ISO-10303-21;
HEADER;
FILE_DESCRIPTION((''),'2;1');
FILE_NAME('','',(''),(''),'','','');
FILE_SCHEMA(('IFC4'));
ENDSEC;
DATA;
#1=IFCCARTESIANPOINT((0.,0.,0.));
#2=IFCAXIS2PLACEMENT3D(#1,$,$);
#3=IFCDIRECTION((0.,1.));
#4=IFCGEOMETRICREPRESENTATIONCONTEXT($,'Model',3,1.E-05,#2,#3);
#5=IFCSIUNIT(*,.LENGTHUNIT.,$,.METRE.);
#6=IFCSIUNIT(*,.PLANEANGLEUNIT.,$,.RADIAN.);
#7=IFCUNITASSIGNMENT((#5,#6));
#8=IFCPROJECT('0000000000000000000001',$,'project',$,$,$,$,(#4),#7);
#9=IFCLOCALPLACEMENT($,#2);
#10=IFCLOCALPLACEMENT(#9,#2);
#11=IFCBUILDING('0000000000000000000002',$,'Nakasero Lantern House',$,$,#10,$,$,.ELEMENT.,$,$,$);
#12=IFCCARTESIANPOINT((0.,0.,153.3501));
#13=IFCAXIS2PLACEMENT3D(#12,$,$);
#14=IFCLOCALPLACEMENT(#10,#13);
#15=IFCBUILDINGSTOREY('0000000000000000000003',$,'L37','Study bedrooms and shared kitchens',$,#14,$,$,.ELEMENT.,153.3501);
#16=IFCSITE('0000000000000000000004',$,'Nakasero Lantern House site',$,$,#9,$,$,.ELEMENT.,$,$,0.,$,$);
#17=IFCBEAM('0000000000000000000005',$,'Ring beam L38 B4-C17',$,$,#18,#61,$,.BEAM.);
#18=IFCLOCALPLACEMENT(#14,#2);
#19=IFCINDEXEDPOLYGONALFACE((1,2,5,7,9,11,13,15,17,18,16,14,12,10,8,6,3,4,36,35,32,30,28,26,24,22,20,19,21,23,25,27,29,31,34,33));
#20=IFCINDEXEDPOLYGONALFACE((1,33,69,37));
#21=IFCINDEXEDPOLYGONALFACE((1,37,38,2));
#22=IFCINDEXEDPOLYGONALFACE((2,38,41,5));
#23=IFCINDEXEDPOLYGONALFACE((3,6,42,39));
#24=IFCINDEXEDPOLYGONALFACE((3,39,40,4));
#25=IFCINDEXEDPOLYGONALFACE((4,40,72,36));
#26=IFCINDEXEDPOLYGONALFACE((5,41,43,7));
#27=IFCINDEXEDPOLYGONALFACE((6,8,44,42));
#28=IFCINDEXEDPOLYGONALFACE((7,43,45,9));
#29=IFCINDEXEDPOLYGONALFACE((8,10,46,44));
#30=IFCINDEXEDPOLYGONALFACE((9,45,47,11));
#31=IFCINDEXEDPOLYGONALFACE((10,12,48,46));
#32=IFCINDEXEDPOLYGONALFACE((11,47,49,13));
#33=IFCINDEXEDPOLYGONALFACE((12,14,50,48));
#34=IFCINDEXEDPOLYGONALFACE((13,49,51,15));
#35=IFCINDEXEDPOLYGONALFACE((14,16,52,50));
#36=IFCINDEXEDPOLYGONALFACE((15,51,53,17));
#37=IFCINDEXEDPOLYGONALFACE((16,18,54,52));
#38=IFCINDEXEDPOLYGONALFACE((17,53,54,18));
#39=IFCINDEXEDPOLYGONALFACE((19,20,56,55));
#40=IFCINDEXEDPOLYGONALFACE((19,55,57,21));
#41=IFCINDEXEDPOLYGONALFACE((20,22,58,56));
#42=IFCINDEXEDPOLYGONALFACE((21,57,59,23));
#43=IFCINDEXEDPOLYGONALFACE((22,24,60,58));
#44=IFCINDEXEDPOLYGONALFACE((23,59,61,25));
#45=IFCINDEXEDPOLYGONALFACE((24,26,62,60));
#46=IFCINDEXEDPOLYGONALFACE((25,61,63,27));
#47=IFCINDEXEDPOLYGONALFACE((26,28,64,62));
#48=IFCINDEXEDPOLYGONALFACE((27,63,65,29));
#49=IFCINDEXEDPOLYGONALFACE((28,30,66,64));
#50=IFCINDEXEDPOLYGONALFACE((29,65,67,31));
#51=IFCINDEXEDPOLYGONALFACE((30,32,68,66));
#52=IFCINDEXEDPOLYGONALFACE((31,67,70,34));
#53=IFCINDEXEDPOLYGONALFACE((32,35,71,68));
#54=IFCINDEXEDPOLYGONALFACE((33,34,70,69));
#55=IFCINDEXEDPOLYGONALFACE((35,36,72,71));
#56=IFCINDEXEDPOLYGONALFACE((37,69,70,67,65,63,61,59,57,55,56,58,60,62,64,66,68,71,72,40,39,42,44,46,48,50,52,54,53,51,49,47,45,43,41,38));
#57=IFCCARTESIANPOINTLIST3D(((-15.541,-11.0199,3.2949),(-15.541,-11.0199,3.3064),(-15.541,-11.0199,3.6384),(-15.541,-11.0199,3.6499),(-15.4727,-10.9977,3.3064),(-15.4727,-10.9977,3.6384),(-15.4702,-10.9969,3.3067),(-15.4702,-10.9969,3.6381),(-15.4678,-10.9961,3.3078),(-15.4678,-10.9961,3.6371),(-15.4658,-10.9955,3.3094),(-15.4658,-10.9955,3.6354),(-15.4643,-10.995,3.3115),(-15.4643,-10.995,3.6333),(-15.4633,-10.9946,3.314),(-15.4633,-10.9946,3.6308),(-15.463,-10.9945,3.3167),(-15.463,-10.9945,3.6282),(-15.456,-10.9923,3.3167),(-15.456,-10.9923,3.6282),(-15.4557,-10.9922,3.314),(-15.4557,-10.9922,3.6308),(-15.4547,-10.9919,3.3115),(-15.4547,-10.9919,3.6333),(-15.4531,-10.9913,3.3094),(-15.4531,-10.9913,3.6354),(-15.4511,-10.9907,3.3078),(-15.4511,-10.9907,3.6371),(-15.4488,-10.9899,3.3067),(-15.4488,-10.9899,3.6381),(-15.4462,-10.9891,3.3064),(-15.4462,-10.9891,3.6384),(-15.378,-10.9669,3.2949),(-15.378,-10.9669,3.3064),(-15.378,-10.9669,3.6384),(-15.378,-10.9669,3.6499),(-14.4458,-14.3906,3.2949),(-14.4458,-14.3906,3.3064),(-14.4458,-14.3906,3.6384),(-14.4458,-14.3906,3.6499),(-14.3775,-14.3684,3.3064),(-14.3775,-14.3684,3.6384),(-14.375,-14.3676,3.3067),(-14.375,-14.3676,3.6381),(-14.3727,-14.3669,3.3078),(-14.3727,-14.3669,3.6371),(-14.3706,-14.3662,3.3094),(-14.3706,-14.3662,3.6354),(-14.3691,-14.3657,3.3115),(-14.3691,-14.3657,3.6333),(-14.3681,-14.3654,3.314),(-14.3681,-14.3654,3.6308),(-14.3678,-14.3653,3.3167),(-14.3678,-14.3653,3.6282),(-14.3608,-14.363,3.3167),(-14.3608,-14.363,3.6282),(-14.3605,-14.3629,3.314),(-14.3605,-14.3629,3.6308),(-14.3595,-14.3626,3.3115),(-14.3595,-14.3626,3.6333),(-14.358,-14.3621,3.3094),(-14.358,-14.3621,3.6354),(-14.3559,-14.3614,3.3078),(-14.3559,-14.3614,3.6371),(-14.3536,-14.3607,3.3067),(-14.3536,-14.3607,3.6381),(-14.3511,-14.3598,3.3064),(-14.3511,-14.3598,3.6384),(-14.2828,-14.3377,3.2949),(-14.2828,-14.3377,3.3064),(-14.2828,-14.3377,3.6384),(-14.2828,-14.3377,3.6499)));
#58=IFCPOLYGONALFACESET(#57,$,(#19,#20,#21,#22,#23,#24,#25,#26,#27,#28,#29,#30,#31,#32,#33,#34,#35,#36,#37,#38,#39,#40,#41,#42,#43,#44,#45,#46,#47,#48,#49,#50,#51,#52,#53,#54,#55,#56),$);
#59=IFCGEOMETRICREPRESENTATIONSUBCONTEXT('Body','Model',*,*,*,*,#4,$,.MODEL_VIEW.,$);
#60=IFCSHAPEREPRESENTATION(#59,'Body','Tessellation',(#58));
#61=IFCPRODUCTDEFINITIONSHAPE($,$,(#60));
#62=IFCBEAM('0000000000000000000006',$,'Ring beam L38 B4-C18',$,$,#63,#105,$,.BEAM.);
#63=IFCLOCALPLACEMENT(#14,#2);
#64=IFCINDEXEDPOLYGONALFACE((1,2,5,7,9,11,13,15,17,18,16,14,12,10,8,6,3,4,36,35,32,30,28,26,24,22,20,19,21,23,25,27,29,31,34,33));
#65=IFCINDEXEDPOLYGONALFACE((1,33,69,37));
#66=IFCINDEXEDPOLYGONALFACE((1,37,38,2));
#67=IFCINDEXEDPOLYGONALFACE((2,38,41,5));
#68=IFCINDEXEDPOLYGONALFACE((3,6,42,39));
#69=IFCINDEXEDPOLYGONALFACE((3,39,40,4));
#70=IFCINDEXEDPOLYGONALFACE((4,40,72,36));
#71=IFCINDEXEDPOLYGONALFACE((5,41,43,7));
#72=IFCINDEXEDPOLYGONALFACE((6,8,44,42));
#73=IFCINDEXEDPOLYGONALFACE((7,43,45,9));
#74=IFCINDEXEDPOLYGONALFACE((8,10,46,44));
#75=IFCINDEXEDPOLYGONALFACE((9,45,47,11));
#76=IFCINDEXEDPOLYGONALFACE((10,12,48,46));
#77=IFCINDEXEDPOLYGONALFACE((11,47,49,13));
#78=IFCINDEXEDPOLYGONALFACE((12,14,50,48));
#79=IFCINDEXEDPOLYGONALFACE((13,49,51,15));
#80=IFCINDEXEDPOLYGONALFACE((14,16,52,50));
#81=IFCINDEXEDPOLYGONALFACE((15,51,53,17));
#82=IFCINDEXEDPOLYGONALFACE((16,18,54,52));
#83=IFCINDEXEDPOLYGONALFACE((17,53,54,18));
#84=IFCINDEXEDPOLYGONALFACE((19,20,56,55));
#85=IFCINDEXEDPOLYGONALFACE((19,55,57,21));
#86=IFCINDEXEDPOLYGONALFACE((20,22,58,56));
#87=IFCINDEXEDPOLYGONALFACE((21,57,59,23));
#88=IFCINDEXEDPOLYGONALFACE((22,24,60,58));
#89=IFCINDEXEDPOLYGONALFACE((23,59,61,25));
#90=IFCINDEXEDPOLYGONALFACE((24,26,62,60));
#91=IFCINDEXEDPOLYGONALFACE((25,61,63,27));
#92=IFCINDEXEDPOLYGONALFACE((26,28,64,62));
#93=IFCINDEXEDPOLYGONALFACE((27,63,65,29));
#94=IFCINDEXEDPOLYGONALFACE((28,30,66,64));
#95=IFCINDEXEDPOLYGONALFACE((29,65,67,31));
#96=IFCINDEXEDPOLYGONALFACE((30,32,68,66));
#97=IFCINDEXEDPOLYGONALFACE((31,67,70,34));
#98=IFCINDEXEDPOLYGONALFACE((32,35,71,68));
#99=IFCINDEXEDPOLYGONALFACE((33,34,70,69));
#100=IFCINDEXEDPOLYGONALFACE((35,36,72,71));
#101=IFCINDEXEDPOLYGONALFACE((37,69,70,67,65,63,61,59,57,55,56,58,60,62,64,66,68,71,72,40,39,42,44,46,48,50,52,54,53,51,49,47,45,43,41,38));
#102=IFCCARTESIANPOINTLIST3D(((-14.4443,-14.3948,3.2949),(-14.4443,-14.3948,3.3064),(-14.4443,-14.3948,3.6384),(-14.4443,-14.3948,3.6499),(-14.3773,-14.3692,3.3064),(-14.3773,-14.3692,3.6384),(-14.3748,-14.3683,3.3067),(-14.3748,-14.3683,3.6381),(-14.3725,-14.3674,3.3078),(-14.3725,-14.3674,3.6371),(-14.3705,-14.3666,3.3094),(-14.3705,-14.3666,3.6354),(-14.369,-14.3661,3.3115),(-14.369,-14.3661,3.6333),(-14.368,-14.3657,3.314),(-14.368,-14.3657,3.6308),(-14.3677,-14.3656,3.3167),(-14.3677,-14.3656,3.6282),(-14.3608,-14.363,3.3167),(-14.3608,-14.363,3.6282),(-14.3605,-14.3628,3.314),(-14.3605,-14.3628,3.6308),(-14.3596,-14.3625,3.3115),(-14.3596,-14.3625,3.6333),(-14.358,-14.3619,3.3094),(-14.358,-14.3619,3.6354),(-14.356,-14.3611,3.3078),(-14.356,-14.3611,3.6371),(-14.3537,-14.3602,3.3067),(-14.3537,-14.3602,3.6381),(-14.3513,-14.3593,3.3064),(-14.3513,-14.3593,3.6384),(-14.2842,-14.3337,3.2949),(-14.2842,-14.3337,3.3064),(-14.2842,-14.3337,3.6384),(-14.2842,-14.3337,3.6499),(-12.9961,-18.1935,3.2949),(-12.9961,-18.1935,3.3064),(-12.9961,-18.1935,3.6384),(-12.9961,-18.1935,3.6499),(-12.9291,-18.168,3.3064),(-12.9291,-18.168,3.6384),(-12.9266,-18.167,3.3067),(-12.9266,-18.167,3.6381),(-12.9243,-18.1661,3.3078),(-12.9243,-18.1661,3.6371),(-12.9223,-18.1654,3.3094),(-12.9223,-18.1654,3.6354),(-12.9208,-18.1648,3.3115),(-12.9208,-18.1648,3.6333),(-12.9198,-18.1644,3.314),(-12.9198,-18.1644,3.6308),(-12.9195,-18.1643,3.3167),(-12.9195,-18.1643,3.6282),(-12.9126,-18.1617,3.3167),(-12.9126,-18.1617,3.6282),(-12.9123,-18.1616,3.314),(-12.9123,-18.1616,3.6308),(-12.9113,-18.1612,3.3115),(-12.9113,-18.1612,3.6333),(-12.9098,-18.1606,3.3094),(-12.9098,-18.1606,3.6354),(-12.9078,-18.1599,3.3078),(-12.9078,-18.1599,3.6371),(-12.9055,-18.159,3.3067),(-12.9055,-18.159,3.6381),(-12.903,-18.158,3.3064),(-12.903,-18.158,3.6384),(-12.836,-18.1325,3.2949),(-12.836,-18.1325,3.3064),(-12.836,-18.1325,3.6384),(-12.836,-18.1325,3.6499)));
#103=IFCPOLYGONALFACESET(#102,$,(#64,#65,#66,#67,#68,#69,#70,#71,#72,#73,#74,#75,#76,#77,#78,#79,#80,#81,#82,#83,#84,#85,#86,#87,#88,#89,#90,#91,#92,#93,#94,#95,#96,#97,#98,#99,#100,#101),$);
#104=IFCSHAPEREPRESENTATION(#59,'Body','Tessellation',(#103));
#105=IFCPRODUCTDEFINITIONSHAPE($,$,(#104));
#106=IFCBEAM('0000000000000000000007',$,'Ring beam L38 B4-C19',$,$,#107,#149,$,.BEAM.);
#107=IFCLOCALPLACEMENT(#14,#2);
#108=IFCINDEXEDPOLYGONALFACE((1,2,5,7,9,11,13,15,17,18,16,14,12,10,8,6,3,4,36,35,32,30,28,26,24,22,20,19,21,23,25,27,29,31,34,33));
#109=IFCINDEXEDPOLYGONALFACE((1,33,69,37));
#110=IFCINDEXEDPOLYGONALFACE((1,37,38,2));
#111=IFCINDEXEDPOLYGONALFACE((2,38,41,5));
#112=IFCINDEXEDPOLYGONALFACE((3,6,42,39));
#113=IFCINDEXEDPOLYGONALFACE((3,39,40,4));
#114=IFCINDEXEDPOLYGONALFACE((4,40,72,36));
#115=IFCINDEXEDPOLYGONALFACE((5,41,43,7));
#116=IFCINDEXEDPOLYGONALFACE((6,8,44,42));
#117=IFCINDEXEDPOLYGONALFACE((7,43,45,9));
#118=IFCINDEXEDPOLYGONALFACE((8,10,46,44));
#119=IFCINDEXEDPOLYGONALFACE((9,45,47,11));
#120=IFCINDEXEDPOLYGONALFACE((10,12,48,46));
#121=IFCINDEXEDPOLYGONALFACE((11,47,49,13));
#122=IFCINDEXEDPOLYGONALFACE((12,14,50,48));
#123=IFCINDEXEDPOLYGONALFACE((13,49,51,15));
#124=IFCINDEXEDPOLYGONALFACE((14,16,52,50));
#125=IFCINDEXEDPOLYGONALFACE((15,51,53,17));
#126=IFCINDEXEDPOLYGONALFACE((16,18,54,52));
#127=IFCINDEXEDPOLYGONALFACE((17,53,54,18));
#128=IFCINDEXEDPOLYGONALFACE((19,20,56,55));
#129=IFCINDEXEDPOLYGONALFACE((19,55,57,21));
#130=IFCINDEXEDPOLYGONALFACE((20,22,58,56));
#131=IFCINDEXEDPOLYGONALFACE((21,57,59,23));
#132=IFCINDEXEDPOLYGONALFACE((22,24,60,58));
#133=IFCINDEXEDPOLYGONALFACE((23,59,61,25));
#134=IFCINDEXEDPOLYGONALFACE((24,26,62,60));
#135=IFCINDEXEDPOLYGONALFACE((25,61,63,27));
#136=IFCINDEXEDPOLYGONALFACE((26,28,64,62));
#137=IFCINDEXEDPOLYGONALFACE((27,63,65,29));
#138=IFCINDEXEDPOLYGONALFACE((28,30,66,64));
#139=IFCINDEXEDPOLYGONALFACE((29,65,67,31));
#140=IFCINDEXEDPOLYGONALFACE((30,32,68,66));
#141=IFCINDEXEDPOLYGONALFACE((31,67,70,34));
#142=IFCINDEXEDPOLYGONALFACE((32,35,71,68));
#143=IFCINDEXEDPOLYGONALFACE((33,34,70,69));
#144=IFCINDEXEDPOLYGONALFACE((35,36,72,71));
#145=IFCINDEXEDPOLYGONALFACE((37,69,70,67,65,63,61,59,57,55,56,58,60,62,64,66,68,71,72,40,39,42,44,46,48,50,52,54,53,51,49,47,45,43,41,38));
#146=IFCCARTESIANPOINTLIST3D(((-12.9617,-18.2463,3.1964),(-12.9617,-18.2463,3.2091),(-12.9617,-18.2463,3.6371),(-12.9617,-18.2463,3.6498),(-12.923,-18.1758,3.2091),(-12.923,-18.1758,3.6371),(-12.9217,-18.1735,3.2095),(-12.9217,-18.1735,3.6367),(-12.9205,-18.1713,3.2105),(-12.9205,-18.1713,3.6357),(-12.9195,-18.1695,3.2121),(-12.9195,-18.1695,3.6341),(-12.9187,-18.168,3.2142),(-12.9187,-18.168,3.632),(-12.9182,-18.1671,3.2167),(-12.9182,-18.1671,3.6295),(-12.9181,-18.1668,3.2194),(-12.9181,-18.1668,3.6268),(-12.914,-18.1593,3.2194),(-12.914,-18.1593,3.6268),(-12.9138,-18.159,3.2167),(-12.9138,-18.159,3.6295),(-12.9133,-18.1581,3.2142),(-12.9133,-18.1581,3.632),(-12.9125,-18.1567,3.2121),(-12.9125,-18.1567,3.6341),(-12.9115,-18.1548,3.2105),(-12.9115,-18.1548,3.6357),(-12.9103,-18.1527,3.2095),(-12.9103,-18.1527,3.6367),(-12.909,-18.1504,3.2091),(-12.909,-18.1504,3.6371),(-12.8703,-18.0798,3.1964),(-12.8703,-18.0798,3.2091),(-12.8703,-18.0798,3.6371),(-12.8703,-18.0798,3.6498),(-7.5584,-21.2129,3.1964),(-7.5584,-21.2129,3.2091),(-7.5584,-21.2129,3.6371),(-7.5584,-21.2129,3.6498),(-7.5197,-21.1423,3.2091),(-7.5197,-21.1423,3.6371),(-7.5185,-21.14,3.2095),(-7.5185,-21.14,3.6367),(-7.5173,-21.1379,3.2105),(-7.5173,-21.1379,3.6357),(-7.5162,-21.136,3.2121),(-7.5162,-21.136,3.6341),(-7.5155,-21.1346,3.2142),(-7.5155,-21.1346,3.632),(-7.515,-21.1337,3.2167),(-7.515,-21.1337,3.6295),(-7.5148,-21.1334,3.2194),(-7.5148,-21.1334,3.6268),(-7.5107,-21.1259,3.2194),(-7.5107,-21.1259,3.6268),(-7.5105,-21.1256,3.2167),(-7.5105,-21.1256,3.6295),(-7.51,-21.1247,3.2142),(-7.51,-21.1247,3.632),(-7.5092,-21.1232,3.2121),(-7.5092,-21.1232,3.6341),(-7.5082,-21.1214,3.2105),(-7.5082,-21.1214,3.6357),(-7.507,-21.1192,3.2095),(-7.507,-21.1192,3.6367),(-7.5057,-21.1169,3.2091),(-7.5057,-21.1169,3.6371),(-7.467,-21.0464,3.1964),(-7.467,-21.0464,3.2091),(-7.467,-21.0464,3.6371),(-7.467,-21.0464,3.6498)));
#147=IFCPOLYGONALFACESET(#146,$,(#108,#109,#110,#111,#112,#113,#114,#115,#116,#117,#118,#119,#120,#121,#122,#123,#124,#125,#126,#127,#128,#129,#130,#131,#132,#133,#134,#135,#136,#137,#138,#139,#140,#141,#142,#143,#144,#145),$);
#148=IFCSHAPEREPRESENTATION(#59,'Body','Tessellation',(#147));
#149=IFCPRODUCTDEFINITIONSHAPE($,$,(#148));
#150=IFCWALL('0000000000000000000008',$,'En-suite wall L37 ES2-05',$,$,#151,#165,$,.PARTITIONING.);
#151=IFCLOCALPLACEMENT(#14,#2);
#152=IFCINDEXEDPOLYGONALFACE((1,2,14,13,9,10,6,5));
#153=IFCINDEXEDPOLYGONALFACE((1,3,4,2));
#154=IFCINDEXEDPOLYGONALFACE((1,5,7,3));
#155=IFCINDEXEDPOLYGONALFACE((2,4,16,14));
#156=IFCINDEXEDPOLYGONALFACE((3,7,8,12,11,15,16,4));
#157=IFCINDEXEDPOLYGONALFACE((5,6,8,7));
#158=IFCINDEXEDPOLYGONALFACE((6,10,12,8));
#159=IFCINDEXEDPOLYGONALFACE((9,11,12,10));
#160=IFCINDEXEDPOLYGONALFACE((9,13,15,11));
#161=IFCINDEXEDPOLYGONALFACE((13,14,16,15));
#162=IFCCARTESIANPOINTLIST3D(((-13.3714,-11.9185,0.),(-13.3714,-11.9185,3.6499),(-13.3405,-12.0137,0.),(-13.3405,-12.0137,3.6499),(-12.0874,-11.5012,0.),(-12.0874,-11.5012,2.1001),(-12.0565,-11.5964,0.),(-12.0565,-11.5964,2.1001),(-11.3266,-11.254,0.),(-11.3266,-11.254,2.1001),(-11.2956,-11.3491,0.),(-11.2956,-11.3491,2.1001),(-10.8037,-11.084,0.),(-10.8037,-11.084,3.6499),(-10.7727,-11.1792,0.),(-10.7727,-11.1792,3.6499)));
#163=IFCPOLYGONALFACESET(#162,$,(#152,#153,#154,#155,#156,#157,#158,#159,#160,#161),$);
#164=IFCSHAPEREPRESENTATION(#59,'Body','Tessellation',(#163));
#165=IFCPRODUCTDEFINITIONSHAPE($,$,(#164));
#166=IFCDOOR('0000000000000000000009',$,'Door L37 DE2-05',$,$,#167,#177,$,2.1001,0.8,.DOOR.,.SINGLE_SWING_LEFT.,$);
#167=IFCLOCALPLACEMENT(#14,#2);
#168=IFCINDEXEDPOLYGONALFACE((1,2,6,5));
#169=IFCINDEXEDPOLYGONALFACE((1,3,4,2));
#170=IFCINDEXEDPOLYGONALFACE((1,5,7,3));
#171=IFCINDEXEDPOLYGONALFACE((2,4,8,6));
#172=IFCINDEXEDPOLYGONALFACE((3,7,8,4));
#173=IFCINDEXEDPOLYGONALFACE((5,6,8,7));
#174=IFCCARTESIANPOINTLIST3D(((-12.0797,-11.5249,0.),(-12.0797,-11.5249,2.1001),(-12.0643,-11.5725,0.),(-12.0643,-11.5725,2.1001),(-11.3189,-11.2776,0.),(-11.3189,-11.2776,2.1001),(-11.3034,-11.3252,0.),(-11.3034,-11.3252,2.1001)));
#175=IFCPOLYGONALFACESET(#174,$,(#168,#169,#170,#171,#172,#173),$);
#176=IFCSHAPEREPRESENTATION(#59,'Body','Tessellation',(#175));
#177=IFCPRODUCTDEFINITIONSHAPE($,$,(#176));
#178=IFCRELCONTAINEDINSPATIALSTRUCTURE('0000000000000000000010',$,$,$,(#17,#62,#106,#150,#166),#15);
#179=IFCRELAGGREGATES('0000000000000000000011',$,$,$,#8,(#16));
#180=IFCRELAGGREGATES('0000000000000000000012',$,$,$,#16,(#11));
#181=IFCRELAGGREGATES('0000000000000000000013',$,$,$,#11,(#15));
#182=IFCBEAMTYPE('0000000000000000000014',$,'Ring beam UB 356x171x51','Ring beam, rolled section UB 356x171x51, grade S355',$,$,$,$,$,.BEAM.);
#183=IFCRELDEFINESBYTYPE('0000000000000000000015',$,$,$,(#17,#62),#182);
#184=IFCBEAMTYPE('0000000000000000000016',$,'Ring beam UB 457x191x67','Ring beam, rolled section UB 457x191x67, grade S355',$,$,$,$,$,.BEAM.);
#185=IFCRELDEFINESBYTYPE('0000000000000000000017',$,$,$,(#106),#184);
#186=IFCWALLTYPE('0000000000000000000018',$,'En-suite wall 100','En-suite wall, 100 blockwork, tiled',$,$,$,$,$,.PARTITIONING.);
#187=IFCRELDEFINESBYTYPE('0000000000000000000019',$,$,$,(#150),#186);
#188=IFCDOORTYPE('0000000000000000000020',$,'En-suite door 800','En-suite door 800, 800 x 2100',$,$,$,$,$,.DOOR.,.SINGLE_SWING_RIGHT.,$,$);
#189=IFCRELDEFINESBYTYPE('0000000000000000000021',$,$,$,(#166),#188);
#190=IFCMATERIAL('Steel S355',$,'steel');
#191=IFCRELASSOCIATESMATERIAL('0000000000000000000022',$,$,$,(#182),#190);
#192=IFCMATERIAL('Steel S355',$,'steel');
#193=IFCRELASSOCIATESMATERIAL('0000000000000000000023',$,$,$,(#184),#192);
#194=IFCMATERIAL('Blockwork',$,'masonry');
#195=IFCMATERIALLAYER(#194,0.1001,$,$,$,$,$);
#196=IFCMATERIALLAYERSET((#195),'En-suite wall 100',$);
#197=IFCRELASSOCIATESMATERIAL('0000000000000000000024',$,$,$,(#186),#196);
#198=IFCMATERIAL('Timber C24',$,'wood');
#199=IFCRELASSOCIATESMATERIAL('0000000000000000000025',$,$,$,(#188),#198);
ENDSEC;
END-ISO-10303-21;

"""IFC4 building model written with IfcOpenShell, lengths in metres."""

from ifc_helpers import new_model, si_unit, direction, frame, frame_2d, origin, origin_2d, place, context, subcontext, project, spatial, rectangle, i_section, extrude, material, layer, layer_set, material_profile, profile_set, type_object, element, fill, save


model = new_model("IFC4")

# Units and contexts
model_context = context("Model", 3, precision=1e-05, world=origin(), true_north=direction((0.0, 1.0)))
body_context = subcontext(model_context, "Body", "Model", "MODEL_VIEW")
ifc_project = project(units=[si_unit("LENGTHUNIT", "METRE"), si_unit("PLANEANGLEUNIT", "RADIAN")], contexts=[model_context])

# Site, building, storey
site_placement = place(None, origin())
site = spatial("IfcSite", under=ifc_project, at=site_placement, Name="Nakasero Lantern House site", CompositionType="ELEMENT", RefElevation=0.0)
building_placement = place(site_placement, origin())
building = spatial("IfcBuilding", under=site, at=building_placement, Name="Nakasero Lantern House", CompositionType="ELEMENT")
storey_placement = place(building_placement, frame((0.0, 0.0, 153.3501)))
storey = spatial("IfcBuildingStorey", under=building, at=storey_placement, Name="L37", Description="Study bedrooms and shared kitchens", CompositionType="ELEMENT", Elevation=153.3501)

# Beams
ifc_material_1 = material(Name="Steel S355", Category="steel")
ifc_material_profile_1 = material_profile(ifc_material_1, i_section(OverallWidth=0.1714, OverallDepth=0.355, WebThickness=0.0073, FlangeThickness=0.0115, FilletRadius=0.0103, at=origin_2d()), Name="UB 356x171x51")
ifc_profile_set_1 = profile_set([ifc_material_profile_1], Name="Steel S355")
beam_type_1 = type_object("IfcBeamType", Name="Ring beam UB 356x171x51", Description="Ring beam, rolled section UB 356x171x51, grade S355", PredefinedType="BEAM", material=ifc_profile_set_1)
beam_1_placement = place(storey_placement, frame((-15.4595, -10.9934, 3.4724), z_axis=(0.309007, -0.95106, 0.0), x_axis=(0.95106, 0.309007, 0.0)))
element("IfcBeam", 1, at=beam_1_placement, inside=storey, type_object=beam_type_1, Name="Ring beam L38 B4-C17", PredefinedType="BEAM", context=body_context, shape_type="SweptSolid", body=[
    extrude(i_section(OverallWidth=0.1714, OverallDepth=0.355, WebThickness=0.0073, FlangeThickness=0.0115, FilletRadius=0.0103, at=origin_2d()), origin(), (0.0, 0.0, 1.0), 3.5442),
])
beam_2_placement = place(storey_placement, frame((-14.3643, -14.3643, 3.4724), z_axis=(0.356225, -0.9344, 0.0), x_axis=(0.9344, 0.356225, 0.0)))
element("IfcBeam", 2, at=beam_2_placement, inside=storey, type_object=beam_type_1, Name="Ring beam L38 B4-C18", PredefinedType="BEAM", context=body_context, shape_type="SweptSolid", body=[
    extrude(i_section(OverallWidth=0.1714, OverallDepth=0.355, WebThickness=0.0073, FlangeThickness=0.0115, FilletRadius=0.0103, at=origin_2d()), origin(), (0.0, 0.0, 1.0), 4.0654),
])
ifc_material_2 = material(Name="Steel S355", Category="steel")
ifc_material_profile_2 = material_profile(ifc_material_2, i_section(OverallWidth=0.1899, OverallDepth=0.4534, WebThickness=0.0085, FlangeThickness=0.0127, FilletRadius=0.0103, at=origin_2d()), Name="UB 457x191x67")
ifc_profile_set_2 = profile_set([ifc_material_profile_2], Name="Steel S355")
beam_type_2 = type_object("IfcBeamType", Name="Ring beam UB 457x191x67", Description="Ring beam, rolled section UB 457x191x67, grade S355", PredefinedType="BEAM", material=ifc_profile_set_2)
beam_3_placement = place(storey_placement, frame((-12.916, -18.1631, 3.4231), z_axis=(0.876577, -0.481262, 0.0), x_axis=(0.481262, 0.876577, 0.0)))
element("IfcBeam", 3, at=beam_3_placement, inside=storey, type_object=beam_type_2, Name="Ring beam L38 B4-C19", PredefinedType="BEAM", context=body_context, shape_type="SweptSolid", body=[
    extrude(i_section(OverallWidth=0.1899, OverallDepth=0.4534, WebThickness=0.0085, FlangeThickness=0.0127, FilletRadius=0.0103, at=origin_2d()), origin(), (0.0, 0.0, 1.0), 6.1641),
])

# Wall, opening, door
ifc_material_3 = material(Name="Blockwork", Category="masonry")
ifc_layer_1 = layer(ifc_material_3, 0.1001)
ifc_layer_set_1 = layer_set([ifc_layer_1], Name="En-suite wall 100")
wall_type_1 = type_object("IfcWallType", Name="En-suite wall 100", Description="En-suite wall, 100 blockwork, tiled", PredefinedType="PARTITIONING", material=ifc_layer_set_1)
wall_1_placement = place(storey_placement, frame((-10.7881, -11.1316, 0.0), z_axis=(0.0, 0.0, 1.0), x_axis=(-0.951043, -0.309057, 0.0)))
wall_1 = element("IfcWall", 4, at=wall_1_placement, inside=storey, type_object=wall_type_1, Name="En-suite wall L37 ES2-05", PredefinedType="PARTITIONING", context=body_context, shape_type="SweptSolid", body=[
    extrude(rectangle(XDim=2.7, YDim=0.1001, at=frame_2d((1.3501, 0.0))), origin(), (0.0, 0.0, 1.0), 3.6499),
])
opening_1_placement = place(wall_1_placement, frame((0.55, 0.0, 0.0)))
opening_1 = element("IfcOpeningElement", 5, at=opening_1_placement, cuts=wall_1, PredefinedType="OPENING", context=body_context, shape_type="SweptSolid", body=[
    extrude(rectangle(XDim=0.8, YDim=2.1001, at=frame_2d((0.3999, 1.05))), frame((0.0, 0.0701, 0.0), z_axis=(0.0, -1.0, 0.0), x_axis=(1.0, 0.0, 0.0)), (0.0, 0.0, 1.0), 0.1401),
])
ifc_material_4 = material(Name="Timber C24", Category="wood")
door_type = type_object("IfcDoorType", Name="En-suite door 800", Description="En-suite door 800, 800 x 2100", OperationType="SINGLE_SWING_RIGHT", PredefinedType="DOOR", material=ifc_material_4)
door_1_placement = place(opening_1_placement, origin())
door_1 = element("IfcDoor", 6, at=door_1_placement, inside=storey, type_object=door_type, Name="Door L37 DE2-05", OperationType="SINGLE_SWING_LEFT", OverallHeight=2.1001, OverallWidth=0.8, PredefinedType="DOOR", context=body_context, shape_type="SweptSolid", body=[
    extrude(rectangle(XDim=0.8, YDim=2.1001, at=frame_2d((0.3999, 1.05))), frame((0.0, 0.0249, 0.0), z_axis=(0.0, -1.0, 0.0), x_axis=(1.0, 0.0, 0.0)), (0.0, 0.0, 1.0), 0.05),
])
fill(opening_1, door_1)

save(model, "model.ifc")
